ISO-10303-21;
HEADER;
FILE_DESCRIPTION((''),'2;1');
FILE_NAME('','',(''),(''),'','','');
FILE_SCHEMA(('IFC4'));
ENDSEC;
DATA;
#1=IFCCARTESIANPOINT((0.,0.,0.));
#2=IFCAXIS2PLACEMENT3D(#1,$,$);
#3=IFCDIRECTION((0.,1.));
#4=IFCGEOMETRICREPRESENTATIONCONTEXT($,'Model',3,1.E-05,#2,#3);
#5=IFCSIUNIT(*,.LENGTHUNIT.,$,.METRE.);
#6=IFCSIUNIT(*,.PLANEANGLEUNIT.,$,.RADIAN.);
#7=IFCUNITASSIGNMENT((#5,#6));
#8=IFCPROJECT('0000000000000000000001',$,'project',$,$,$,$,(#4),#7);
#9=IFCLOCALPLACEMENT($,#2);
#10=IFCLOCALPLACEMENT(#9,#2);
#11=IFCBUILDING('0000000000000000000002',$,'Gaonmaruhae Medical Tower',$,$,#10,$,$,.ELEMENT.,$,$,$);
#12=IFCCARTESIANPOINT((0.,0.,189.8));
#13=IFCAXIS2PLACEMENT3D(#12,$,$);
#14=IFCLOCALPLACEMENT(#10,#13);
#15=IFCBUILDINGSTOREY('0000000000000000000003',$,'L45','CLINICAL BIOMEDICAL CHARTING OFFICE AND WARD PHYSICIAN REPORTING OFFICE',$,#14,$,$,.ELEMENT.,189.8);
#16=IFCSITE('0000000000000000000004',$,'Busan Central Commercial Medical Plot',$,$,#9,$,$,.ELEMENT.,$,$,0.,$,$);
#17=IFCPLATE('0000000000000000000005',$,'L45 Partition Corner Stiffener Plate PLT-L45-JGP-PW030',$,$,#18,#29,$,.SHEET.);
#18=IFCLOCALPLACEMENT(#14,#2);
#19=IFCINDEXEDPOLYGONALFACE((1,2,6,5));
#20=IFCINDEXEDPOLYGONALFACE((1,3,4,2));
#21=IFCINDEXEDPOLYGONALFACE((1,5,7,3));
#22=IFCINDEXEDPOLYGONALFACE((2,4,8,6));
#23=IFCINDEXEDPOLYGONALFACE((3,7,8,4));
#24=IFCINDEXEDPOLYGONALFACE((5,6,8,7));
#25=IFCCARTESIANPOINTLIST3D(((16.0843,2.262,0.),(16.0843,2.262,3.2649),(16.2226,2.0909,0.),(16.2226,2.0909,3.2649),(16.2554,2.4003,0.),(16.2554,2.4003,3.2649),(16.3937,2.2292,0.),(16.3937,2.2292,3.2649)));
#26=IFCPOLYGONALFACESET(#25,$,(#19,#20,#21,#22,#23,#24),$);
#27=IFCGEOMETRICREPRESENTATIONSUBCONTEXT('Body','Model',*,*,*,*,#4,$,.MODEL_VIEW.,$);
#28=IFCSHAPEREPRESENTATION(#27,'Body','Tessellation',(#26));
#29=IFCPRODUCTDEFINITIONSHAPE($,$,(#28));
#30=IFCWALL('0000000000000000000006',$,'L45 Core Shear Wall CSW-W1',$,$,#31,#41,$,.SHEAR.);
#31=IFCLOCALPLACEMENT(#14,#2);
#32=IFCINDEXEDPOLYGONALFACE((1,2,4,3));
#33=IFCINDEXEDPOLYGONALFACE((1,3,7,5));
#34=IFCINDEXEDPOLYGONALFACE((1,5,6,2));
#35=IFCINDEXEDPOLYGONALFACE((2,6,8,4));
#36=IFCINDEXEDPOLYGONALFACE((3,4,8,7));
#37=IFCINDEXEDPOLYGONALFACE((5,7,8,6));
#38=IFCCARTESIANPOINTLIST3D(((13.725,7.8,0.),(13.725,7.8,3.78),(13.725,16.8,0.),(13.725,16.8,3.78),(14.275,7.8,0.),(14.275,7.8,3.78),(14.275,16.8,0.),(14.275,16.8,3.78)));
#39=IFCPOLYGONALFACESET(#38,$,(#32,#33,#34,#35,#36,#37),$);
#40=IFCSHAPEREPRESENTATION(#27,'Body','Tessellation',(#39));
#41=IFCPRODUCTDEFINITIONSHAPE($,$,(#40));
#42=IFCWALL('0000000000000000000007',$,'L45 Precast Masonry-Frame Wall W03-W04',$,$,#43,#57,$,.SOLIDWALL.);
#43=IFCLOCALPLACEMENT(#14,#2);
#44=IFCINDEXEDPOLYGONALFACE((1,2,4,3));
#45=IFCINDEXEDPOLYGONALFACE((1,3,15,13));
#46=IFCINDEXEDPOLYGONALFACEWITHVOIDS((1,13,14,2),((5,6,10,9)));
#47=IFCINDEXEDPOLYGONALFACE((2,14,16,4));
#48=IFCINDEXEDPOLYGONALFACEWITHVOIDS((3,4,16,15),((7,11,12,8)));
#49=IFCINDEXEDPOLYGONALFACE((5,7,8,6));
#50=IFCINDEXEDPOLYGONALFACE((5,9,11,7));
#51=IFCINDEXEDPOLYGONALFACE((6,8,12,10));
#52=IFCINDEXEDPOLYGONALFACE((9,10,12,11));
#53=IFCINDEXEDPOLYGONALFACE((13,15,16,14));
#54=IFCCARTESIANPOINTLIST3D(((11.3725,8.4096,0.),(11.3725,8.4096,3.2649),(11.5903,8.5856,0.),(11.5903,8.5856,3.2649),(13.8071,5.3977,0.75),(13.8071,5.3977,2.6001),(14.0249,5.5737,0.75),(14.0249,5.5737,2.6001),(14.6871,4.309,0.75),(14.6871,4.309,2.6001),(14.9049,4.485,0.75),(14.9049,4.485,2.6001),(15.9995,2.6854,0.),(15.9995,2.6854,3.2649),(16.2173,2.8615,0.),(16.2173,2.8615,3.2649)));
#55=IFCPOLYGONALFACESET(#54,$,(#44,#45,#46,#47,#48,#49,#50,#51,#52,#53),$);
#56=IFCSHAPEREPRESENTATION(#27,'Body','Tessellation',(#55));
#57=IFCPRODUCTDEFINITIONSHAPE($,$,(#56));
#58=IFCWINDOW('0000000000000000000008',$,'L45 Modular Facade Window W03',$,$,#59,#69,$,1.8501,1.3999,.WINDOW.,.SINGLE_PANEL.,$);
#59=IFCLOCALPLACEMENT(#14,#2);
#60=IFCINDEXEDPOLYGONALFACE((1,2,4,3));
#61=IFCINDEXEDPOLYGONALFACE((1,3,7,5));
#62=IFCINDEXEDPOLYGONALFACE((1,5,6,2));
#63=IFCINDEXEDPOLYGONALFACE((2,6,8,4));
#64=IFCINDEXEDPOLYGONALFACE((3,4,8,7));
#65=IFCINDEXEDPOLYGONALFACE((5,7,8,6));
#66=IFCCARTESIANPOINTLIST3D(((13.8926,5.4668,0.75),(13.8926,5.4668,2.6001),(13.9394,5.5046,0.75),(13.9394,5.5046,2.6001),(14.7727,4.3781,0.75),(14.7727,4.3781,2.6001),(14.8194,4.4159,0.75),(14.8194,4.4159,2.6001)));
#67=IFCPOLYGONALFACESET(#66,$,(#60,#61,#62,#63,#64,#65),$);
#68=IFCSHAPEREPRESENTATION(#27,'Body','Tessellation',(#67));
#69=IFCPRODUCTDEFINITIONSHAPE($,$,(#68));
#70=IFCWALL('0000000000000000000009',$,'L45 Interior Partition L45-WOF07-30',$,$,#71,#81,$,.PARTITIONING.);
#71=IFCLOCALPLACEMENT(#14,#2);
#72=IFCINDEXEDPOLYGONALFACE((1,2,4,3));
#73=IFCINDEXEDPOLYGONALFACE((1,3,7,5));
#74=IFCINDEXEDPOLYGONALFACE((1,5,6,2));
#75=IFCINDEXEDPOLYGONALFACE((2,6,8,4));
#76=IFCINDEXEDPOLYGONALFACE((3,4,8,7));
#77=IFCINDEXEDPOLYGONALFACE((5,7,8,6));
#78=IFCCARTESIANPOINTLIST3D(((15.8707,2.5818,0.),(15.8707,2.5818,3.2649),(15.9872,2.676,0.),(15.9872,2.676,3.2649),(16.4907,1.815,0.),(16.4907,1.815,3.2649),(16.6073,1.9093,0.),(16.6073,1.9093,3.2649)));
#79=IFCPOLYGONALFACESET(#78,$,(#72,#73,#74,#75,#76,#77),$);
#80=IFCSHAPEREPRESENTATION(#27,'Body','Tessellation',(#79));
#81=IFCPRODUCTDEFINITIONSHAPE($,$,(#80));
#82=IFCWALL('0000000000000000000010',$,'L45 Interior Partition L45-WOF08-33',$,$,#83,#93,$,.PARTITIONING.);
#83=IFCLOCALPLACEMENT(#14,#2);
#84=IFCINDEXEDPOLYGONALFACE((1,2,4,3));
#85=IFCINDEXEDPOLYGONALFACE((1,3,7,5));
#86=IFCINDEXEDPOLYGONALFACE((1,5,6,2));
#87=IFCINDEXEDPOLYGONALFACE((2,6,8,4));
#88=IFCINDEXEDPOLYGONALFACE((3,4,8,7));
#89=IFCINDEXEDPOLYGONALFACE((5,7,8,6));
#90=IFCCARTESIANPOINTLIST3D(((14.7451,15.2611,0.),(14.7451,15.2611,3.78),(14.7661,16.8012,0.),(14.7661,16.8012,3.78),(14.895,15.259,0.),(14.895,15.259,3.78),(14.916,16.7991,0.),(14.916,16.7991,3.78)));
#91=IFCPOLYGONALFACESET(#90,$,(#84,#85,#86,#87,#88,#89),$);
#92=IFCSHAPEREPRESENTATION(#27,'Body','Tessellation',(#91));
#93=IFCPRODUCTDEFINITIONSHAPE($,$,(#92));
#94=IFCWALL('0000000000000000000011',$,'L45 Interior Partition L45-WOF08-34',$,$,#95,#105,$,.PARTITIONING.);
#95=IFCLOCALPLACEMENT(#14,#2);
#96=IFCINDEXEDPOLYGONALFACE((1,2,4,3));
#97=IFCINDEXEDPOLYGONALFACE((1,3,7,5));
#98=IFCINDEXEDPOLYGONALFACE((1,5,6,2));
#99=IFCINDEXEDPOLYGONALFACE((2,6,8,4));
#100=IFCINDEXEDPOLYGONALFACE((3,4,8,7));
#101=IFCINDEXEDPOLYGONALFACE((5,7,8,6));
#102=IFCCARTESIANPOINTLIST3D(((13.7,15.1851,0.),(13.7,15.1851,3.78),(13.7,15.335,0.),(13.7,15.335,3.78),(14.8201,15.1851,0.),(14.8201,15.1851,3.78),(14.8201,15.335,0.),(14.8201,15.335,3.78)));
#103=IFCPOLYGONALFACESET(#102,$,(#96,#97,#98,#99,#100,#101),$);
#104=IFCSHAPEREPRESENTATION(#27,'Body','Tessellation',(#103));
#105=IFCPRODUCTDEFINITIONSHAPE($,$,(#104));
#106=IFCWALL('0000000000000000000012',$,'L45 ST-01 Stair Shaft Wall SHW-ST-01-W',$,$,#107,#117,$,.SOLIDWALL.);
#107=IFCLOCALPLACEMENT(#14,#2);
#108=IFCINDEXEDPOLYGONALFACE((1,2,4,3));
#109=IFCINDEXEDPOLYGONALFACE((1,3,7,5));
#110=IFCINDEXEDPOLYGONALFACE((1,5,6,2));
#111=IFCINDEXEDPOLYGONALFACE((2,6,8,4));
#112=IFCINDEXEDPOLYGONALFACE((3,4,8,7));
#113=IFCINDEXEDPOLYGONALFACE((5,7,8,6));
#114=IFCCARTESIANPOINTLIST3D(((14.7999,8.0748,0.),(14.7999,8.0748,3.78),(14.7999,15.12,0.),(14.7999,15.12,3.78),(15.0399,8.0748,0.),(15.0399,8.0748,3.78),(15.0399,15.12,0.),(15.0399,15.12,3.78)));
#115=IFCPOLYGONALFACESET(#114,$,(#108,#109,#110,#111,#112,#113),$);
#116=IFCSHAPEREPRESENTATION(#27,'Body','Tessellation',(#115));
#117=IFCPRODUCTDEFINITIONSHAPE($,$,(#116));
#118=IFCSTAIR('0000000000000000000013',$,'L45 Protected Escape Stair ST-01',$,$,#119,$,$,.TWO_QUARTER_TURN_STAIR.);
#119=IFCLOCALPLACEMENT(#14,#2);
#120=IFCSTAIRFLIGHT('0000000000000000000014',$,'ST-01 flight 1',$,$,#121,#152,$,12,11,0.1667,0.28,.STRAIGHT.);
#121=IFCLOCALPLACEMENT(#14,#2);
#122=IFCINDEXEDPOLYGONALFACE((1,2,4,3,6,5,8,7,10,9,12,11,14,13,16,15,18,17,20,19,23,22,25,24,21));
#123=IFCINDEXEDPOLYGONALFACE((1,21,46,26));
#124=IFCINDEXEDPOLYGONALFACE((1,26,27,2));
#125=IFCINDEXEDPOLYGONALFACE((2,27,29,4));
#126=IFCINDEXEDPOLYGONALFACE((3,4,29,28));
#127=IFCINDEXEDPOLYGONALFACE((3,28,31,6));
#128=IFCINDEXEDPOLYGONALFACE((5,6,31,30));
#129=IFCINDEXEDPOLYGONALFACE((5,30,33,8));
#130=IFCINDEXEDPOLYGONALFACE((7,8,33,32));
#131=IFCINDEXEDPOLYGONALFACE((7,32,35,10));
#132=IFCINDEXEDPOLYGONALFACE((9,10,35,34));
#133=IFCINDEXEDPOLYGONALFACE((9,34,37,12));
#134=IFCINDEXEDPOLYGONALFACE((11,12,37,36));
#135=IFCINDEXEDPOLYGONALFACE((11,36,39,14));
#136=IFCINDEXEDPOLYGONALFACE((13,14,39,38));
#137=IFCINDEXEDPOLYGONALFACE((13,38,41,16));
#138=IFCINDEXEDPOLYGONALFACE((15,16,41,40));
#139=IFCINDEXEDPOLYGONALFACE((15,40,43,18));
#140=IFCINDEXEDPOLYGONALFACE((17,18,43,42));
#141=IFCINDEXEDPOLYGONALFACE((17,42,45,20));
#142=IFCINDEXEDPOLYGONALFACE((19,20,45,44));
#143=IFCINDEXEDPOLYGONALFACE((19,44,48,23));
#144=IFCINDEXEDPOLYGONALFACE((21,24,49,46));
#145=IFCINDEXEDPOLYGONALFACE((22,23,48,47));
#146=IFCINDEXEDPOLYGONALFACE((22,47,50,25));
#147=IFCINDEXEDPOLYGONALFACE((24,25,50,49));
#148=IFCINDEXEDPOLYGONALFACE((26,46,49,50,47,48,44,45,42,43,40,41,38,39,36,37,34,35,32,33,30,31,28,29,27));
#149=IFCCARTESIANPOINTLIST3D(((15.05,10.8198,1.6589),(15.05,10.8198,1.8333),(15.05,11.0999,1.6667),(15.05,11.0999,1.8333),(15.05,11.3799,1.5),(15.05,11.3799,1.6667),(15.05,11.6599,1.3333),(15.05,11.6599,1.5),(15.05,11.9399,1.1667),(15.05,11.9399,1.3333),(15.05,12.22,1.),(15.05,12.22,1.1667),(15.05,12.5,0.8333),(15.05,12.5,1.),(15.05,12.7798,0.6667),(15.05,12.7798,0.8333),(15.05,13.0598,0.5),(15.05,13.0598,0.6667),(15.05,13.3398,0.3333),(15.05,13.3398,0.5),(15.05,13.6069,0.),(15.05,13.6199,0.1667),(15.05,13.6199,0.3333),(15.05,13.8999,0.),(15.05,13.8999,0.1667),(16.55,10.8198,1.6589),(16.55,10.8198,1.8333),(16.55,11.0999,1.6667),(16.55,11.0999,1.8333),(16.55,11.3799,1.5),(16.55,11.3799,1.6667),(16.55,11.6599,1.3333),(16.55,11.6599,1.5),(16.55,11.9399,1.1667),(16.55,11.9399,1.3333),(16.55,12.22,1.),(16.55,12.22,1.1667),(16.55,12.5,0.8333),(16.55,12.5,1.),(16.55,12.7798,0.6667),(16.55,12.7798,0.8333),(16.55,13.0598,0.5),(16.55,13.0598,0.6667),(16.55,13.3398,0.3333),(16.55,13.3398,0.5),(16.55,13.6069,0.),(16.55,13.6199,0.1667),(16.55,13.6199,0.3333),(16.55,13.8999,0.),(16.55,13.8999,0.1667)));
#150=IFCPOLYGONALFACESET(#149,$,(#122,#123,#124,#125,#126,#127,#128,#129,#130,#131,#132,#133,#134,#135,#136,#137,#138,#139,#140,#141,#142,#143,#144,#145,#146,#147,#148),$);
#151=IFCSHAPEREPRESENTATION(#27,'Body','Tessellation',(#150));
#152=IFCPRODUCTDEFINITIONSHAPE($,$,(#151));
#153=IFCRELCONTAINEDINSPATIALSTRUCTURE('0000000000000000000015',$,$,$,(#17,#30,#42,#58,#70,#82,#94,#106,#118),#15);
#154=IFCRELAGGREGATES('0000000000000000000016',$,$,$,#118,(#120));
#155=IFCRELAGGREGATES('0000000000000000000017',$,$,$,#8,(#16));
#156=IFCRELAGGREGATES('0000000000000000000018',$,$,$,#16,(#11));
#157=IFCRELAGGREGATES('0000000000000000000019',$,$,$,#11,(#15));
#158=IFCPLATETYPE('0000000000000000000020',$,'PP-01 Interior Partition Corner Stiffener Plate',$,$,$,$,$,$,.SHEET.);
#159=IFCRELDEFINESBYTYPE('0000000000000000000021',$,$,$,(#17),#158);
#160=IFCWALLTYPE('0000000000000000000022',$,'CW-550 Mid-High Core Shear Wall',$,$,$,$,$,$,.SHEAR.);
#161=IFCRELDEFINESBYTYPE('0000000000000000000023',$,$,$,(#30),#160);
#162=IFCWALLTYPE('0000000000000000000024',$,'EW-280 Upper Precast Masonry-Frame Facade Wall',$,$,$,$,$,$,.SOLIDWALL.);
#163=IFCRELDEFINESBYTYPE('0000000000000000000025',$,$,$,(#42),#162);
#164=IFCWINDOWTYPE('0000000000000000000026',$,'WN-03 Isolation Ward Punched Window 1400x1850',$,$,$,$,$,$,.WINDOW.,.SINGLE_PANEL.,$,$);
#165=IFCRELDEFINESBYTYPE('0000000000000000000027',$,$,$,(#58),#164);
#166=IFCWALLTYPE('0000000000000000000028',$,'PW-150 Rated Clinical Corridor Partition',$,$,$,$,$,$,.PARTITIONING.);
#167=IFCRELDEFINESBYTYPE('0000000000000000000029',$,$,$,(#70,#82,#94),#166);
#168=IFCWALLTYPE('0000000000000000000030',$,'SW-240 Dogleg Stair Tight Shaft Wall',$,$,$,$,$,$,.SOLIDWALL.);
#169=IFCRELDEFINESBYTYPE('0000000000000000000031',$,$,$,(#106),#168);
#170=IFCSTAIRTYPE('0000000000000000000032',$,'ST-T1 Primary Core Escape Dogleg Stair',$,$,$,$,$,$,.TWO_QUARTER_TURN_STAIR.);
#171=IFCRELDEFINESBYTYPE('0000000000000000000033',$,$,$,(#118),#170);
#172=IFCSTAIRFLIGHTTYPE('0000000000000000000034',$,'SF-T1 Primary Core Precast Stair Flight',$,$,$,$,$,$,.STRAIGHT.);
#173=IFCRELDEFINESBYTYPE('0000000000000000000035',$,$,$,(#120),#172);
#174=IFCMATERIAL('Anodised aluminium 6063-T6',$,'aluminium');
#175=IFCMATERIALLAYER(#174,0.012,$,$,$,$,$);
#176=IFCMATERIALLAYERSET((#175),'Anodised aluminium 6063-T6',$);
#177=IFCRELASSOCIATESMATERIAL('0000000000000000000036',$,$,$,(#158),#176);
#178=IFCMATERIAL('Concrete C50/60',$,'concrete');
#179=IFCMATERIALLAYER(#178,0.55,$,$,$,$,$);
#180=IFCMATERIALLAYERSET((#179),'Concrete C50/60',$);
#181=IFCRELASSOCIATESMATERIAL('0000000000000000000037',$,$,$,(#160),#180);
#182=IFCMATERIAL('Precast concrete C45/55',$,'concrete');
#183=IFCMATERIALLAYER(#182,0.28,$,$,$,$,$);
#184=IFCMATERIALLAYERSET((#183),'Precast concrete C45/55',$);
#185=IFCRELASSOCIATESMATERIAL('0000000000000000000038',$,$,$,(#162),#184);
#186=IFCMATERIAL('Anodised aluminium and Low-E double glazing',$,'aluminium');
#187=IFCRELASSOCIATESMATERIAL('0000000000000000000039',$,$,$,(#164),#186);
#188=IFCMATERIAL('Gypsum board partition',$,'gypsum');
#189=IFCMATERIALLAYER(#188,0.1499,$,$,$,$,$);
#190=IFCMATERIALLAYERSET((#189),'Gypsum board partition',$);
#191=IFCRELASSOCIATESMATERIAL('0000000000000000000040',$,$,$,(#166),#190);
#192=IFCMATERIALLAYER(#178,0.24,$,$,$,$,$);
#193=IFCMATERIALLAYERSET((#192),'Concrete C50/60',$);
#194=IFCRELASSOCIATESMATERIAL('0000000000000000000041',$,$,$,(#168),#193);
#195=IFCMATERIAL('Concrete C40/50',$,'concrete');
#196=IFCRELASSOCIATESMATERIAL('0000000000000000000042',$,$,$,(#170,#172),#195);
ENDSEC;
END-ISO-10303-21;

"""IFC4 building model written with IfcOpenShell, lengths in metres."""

from ifc_helpers import new_model, si_unit, direction, frame, frame_2d, origin, origin_2d, place, context, subcontext, project, spatial, polyline, rectangle, outline, extrude, material, layer, layer_set, type_object, element, fill, aggregate, save


model = new_model("IFC4")

# Units and contexts
model_context = context("Model", 3, precision=1e-05, world=origin(), true_north=direction((0.0, 1.0)))
body_context = subcontext(model_context, "Body", "Model", "MODEL_VIEW")
ifc_project = project(units=[si_unit("LENGTHUNIT", "METRE"), si_unit("PLANEANGLEUNIT", "RADIAN")], contexts=[model_context])

# Site, building, storey
site_placement = place(None, origin())
site = spatial("IfcSite", under=ifc_project, at=site_placement, Name="Busan Central Commercial Medical Plot", CompositionType="ELEMENT", RefElevation=0.0)
building_placement = place(site_placement, origin())
building = spatial("IfcBuilding", under=site, at=building_placement, Name="Gaonmaruhae Medical Tower", CompositionType="ELEMENT")
storey_placement = place(building_placement, frame((0.0, 0.0, 189.8)))
storey = spatial("IfcBuildingStorey", under=building, at=storey_placement, Name="L45", Description="CLINICAL BIOMEDICAL CHARTING OFFICE AND WARD PHYSICIAN REPORTING OFFICE", CompositionType="ELEMENT", Elevation=189.8)

# Shared definitions
ifc_material_1 = material(Name="Concrete C50/60", Category="concrete")

# Plate
ifc_material_2 = material(Name="Anodised aluminium 6063-T6", Category="aluminium")
ifc_layer_1 = layer(ifc_material_2, 0.012)
ifc_layer_set_1 = layer_set([ifc_layer_1], Name="Anodised aluminium 6063-T6")
plate_type = type_object("IfcPlateType", Name="PP-01 Interior Partition Corner Stiffener Plate", PredefinedType="SHEET", material=ifc_layer_set_1)
plate_placement = place(storey_placement, frame((16.239, 2.2456, 0.0), z_axis=(0.0, 0.0, 1.0), x_axis=(-0.628642, 0.777695, 0.0)))
element("IfcPlate", 1, at=plate_placement, inside=storey, type_object=plate_type, Name="L45 Partition Corner Stiffener Plate PLT-L45-JGP-PW030", PredefinedType="SHEET", context=body_context, shape_type="SweptSolid", body=[
    extrude(rectangle(XDim=0.22, YDim=0.22, at=origin_2d()), origin(), (0.0, 0.0, 1.0), 3.2649),
])

# Wall
ifc_layer_2 = layer(ifc_material_1, 0.55)
ifc_layer_set_2 = layer_set([ifc_layer_2], Name="Concrete C50/60")
wall_type_1 = type_object("IfcWallType", Name="CW-550 Mid-High Core Shear Wall", PredefinedType="SHEAR", material=ifc_layer_set_2)
wall_1_placement = place(storey_placement, frame((14.0, 16.8, 0.0), z_axis=(0.0, 0.0, 1.0), x_axis=(0.0, -1.0, 0.0)))
element("IfcWall", 2, at=wall_1_placement, inside=storey, type_object=wall_type_1, Name="L45 Core Shear Wall CSW-W1", PredefinedType="SHEAR", context=body_context, shape_type="SweptSolid", body=[
    extrude(rectangle(XDim=9.0, YDim=0.55, at=frame_2d((4.5, 0.0))), origin(), (0.0, 0.0, 1.0), 3.78),
])

# Wall, opening, window
ifc_material_3 = material(Name="Precast concrete C45/55", Category="concrete")
ifc_layer_3 = layer(ifc_material_3, 0.28)
ifc_layer_set_3 = layer_set([ifc_layer_3], Name="Precast concrete C45/55")
wall_type_2 = type_object("IfcWallType", Name="EW-280 Upper Precast Masonry-Frame Facade Wall", PredefinedType="SOLIDWALL", material=ifc_layer_set_3)
wall_2_placement = place(storey_placement, frame((16.1084, 2.7734, 0.0), z_axis=(0.0, 0.0, 1.0), x_axis=(-0.628635, 0.7777, 0.0)))
wall_2 = element("IfcWall", 3, at=wall_2_placement, inside=storey, type_object=wall_type_2, Name="L45 Precast Masonry-Frame Wall W03-W04", PredefinedType="SOLIDWALL", context=body_context, shape_type="SweptSolid", body=[
    extrude(rectangle(XDim=7.3604, YDim=0.28, at=frame_2d((3.6802, 0.0))), origin(), (0.0, 0.0, 1.0), 3.2649),
])
opening_1_placement = place(wall_2_placement, frame((2.0876, 0.0, 0.75)))
opening_1 = element("IfcOpeningElement", 4, at=opening_1_placement, cuts=wall_2, PredefinedType="OPENING", context=body_context, shape_type="SweptSolid", body=[
    extrude(rectangle(XDim=1.3999, YDim=1.8501, at=frame_2d((0.7, 0.925))), frame((0.0, 0.1499, 0.0), z_axis=(0.0, -1.0, 0.0), x_axis=(1.0, 0.0, 0.0)), (0.0, 0.0, 1.0), 0.3),
])
ifc_material_4 = material(Name="Anodised aluminium and Low-E double glazing", Category="aluminium")
window_type = type_object("IfcWindowType", Name="WN-03 Isolation Ward Punched Window 1400x1850", PartitioningType="SINGLE_PANEL", PredefinedType="WINDOW", material=ifc_material_4)
window_placement = place(opening_1_placement, origin())
window = element("IfcWindow", 5, at=window_placement, inside=storey, type_object=window_type, Name="L45 Modular Facade Window W03", OverallHeight=1.8501, OverallWidth=1.3999, PartitioningType="SINGLE_PANEL", PredefinedType="WINDOW", context=body_context, shape_type="SweptSolid", body=[
    extrude(rectangle(XDim=1.3999, YDim=1.8501, at=frame_2d((0.7, 0.925))), frame((0.0, 0.03, 0.0), z_axis=(0.0, -1.0, 0.0), x_axis=(1.0, 0.0, 0.0)), (0.0, 0.0, 1.0), 0.0601),
])
fill(opening_1, window)

# Walls
ifc_material_5 = material(Name="Gypsum board partition", Category="gypsum")
ifc_layer_4 = layer(ifc_material_5, 0.1499)
ifc_layer_set_4 = layer_set([ifc_layer_4], Name="Gypsum board partition")
wall_type_3 = type_object("IfcWallType", Name="PW-150 Rated Clinical Corridor Partition", PredefinedType="PARTITIONING", material=ifc_layer_set_4)
wall_3_placement = place(storey_placement, frame((16.5491, 1.8621, 0.0), z_axis=(0.0, 0.0, 1.0), x_axis=(-0.628792, 0.777573, 0.0)))
element("IfcWall", 6, at=wall_3_placement, inside=storey, type_object=wall_type_3, Name="L45 Interior Partition L45-WOF07-30", PredefinedType="PARTITIONING", context=body_context, shape_type="SweptSolid", body=[
    extrude(rectangle(XDim=0.9861, YDim=0.1499, at=frame_2d((0.4932, 0.0))), origin(), (0.0, 0.0, 1.0), 3.2649),
])
wall_4_placement = place(storey_placement, frame((14.8411, 16.8, 0.0), z_axis=(0.0, 0.0, 1.0), x_axis=(-0.013632, -0.999907, 0.0)))
element("IfcWall", 7, at=wall_4_placement, inside=storey, type_object=wall_type_3, Name="L45 Interior Partition L45-WOF08-33", PredefinedType="PARTITIONING", context=body_context, shape_type="SweptSolid", body=[
    extrude(rectangle(XDim=1.5403, YDim=0.1499, at=frame_2d((0.77, 0.0))), origin(), (0.0, 0.0, 1.0), 3.78),
])
wall_5_placement = place(storey_placement, frame((14.8201, 15.26, 0.0), z_axis=(0.0, 0.0, 1.0), x_axis=(-1.0, 0.0, 0.0)))
element("IfcWall", 8, at=wall_5_placement, inside=storey, type_object=wall_type_3, Name="L45 Interior Partition L45-WOF08-34", PredefinedType="PARTITIONING", context=body_context, shape_type="SweptSolid", body=[
    extrude(rectangle(XDim=1.1201, YDim=0.1499, at=frame_2d((0.5601, 0.0))), origin(), (0.0, 0.0, 1.0), 3.78),
])

# Shared definitions
ifc_layer_5 = layer(ifc_material_1, 0.24)
ifc_layer_set_5 = layer_set([ifc_layer_5], Name="Concrete C50/60")
wall_type_4 = type_object("IfcWallType", Name="SW-240 Dogleg Stair Tight Shaft Wall", PredefinedType="SOLIDWALL", material=ifc_layer_set_5)

# Wall
wall_6_placement = place(storey_placement, frame((14.9199, 8.075, 0.0), z_axis=(0.0, 0.0, 1.0), x_axis=(0.0, 1.0, 0.0)))
element("IfcWall", 9, at=wall_6_placement, inside=storey, type_object=wall_type_4, Name="L45 ST-01 Stair Shaft Wall SHW-ST-01-W", PredefinedType="SOLIDWALL", context=body_context, shape_type="SweptSolid", body=[
    extrude(rectangle(XDim=7.0452, YDim=0.24, at=frame_2d((3.5225, 0.0))), origin(), (0.0, 0.0, 1.0), 3.78),
])

# Stair, stair flight
ifc_material_6 = material(Name="Concrete C40/50", Category="concrete")
stair_type = type_object("IfcStairType", Name="ST-T1 Primary Core Escape Dogleg Stair", PredefinedType="TWO_QUARTER_TURN_STAIR", material=ifc_material_6)
stair_placement = place(storey_placement, origin())
stair = element("IfcStair", 10, at=stair_placement, inside=storey, type_object=stair_type, Name="L45 Protected Escape Stair ST-01", PredefinedType="TWO_QUARTER_TURN_STAIR")
stair_flight_type = type_object("IfcStairFlightType", Name="SF-T1 Primary Core Precast Stair Flight", PredefinedType="STRAIGHT", material=ifc_material_6)
stair_flight_1_placement = place(storey_placement, frame((15.8, 13.8999, 0.0), z_axis=(0.0, 0.0, 1.0), x_axis=(0.0, -1.0, 0.0)))
stair_flight_1 = element("IfcStairFlight", 11, at=stair_flight_1_placement, type_object=stair_flight_type, Name="ST-01 flight 1", NumberOfRisers=12, NumberOfTreads=11, PredefinedType="STRAIGHT", RiserHeight=0.1667, TreadLength=0.28, context=body_context, shape_type="SweptSolid", body=[
    extrude(outline(polyline([(0.0, 0.0), (0.0, 0.1667), (0.28, 0.1667), (0.28, 0.3333), (0.5601, 0.3333), (0.5601, 0.5), (0.8401, 0.5), (0.8401, 0.6667), (1.1201, 0.6667), (1.1201, 0.8333), (1.3999, 0.8333), (1.3999, 1.0), (1.6799, 1.0), (1.6799, 1.1667), (1.96, 1.1667), (1.96, 1.3333), (2.24, 1.3333), (2.24, 1.5), (2.52, 1.5), (2.52, 1.6667), (2.8, 1.6667), (2.8, 1.8333), (3.0801, 1.8333), (3.0801, 2.0), (3.0801, 1.6589), (0.293, 0.0), (0.0, 0.0)])), frame((0.0, 0.75, 0.0), z_axis=(0.0, -1.0, 0.0), x_axis=(1.0, 0.0, 0.0)), (0.0, 0.0, 1.0), 1.5),
])
aggregate(stair, [stair_flight_1])

save(model, "model.ifc")
